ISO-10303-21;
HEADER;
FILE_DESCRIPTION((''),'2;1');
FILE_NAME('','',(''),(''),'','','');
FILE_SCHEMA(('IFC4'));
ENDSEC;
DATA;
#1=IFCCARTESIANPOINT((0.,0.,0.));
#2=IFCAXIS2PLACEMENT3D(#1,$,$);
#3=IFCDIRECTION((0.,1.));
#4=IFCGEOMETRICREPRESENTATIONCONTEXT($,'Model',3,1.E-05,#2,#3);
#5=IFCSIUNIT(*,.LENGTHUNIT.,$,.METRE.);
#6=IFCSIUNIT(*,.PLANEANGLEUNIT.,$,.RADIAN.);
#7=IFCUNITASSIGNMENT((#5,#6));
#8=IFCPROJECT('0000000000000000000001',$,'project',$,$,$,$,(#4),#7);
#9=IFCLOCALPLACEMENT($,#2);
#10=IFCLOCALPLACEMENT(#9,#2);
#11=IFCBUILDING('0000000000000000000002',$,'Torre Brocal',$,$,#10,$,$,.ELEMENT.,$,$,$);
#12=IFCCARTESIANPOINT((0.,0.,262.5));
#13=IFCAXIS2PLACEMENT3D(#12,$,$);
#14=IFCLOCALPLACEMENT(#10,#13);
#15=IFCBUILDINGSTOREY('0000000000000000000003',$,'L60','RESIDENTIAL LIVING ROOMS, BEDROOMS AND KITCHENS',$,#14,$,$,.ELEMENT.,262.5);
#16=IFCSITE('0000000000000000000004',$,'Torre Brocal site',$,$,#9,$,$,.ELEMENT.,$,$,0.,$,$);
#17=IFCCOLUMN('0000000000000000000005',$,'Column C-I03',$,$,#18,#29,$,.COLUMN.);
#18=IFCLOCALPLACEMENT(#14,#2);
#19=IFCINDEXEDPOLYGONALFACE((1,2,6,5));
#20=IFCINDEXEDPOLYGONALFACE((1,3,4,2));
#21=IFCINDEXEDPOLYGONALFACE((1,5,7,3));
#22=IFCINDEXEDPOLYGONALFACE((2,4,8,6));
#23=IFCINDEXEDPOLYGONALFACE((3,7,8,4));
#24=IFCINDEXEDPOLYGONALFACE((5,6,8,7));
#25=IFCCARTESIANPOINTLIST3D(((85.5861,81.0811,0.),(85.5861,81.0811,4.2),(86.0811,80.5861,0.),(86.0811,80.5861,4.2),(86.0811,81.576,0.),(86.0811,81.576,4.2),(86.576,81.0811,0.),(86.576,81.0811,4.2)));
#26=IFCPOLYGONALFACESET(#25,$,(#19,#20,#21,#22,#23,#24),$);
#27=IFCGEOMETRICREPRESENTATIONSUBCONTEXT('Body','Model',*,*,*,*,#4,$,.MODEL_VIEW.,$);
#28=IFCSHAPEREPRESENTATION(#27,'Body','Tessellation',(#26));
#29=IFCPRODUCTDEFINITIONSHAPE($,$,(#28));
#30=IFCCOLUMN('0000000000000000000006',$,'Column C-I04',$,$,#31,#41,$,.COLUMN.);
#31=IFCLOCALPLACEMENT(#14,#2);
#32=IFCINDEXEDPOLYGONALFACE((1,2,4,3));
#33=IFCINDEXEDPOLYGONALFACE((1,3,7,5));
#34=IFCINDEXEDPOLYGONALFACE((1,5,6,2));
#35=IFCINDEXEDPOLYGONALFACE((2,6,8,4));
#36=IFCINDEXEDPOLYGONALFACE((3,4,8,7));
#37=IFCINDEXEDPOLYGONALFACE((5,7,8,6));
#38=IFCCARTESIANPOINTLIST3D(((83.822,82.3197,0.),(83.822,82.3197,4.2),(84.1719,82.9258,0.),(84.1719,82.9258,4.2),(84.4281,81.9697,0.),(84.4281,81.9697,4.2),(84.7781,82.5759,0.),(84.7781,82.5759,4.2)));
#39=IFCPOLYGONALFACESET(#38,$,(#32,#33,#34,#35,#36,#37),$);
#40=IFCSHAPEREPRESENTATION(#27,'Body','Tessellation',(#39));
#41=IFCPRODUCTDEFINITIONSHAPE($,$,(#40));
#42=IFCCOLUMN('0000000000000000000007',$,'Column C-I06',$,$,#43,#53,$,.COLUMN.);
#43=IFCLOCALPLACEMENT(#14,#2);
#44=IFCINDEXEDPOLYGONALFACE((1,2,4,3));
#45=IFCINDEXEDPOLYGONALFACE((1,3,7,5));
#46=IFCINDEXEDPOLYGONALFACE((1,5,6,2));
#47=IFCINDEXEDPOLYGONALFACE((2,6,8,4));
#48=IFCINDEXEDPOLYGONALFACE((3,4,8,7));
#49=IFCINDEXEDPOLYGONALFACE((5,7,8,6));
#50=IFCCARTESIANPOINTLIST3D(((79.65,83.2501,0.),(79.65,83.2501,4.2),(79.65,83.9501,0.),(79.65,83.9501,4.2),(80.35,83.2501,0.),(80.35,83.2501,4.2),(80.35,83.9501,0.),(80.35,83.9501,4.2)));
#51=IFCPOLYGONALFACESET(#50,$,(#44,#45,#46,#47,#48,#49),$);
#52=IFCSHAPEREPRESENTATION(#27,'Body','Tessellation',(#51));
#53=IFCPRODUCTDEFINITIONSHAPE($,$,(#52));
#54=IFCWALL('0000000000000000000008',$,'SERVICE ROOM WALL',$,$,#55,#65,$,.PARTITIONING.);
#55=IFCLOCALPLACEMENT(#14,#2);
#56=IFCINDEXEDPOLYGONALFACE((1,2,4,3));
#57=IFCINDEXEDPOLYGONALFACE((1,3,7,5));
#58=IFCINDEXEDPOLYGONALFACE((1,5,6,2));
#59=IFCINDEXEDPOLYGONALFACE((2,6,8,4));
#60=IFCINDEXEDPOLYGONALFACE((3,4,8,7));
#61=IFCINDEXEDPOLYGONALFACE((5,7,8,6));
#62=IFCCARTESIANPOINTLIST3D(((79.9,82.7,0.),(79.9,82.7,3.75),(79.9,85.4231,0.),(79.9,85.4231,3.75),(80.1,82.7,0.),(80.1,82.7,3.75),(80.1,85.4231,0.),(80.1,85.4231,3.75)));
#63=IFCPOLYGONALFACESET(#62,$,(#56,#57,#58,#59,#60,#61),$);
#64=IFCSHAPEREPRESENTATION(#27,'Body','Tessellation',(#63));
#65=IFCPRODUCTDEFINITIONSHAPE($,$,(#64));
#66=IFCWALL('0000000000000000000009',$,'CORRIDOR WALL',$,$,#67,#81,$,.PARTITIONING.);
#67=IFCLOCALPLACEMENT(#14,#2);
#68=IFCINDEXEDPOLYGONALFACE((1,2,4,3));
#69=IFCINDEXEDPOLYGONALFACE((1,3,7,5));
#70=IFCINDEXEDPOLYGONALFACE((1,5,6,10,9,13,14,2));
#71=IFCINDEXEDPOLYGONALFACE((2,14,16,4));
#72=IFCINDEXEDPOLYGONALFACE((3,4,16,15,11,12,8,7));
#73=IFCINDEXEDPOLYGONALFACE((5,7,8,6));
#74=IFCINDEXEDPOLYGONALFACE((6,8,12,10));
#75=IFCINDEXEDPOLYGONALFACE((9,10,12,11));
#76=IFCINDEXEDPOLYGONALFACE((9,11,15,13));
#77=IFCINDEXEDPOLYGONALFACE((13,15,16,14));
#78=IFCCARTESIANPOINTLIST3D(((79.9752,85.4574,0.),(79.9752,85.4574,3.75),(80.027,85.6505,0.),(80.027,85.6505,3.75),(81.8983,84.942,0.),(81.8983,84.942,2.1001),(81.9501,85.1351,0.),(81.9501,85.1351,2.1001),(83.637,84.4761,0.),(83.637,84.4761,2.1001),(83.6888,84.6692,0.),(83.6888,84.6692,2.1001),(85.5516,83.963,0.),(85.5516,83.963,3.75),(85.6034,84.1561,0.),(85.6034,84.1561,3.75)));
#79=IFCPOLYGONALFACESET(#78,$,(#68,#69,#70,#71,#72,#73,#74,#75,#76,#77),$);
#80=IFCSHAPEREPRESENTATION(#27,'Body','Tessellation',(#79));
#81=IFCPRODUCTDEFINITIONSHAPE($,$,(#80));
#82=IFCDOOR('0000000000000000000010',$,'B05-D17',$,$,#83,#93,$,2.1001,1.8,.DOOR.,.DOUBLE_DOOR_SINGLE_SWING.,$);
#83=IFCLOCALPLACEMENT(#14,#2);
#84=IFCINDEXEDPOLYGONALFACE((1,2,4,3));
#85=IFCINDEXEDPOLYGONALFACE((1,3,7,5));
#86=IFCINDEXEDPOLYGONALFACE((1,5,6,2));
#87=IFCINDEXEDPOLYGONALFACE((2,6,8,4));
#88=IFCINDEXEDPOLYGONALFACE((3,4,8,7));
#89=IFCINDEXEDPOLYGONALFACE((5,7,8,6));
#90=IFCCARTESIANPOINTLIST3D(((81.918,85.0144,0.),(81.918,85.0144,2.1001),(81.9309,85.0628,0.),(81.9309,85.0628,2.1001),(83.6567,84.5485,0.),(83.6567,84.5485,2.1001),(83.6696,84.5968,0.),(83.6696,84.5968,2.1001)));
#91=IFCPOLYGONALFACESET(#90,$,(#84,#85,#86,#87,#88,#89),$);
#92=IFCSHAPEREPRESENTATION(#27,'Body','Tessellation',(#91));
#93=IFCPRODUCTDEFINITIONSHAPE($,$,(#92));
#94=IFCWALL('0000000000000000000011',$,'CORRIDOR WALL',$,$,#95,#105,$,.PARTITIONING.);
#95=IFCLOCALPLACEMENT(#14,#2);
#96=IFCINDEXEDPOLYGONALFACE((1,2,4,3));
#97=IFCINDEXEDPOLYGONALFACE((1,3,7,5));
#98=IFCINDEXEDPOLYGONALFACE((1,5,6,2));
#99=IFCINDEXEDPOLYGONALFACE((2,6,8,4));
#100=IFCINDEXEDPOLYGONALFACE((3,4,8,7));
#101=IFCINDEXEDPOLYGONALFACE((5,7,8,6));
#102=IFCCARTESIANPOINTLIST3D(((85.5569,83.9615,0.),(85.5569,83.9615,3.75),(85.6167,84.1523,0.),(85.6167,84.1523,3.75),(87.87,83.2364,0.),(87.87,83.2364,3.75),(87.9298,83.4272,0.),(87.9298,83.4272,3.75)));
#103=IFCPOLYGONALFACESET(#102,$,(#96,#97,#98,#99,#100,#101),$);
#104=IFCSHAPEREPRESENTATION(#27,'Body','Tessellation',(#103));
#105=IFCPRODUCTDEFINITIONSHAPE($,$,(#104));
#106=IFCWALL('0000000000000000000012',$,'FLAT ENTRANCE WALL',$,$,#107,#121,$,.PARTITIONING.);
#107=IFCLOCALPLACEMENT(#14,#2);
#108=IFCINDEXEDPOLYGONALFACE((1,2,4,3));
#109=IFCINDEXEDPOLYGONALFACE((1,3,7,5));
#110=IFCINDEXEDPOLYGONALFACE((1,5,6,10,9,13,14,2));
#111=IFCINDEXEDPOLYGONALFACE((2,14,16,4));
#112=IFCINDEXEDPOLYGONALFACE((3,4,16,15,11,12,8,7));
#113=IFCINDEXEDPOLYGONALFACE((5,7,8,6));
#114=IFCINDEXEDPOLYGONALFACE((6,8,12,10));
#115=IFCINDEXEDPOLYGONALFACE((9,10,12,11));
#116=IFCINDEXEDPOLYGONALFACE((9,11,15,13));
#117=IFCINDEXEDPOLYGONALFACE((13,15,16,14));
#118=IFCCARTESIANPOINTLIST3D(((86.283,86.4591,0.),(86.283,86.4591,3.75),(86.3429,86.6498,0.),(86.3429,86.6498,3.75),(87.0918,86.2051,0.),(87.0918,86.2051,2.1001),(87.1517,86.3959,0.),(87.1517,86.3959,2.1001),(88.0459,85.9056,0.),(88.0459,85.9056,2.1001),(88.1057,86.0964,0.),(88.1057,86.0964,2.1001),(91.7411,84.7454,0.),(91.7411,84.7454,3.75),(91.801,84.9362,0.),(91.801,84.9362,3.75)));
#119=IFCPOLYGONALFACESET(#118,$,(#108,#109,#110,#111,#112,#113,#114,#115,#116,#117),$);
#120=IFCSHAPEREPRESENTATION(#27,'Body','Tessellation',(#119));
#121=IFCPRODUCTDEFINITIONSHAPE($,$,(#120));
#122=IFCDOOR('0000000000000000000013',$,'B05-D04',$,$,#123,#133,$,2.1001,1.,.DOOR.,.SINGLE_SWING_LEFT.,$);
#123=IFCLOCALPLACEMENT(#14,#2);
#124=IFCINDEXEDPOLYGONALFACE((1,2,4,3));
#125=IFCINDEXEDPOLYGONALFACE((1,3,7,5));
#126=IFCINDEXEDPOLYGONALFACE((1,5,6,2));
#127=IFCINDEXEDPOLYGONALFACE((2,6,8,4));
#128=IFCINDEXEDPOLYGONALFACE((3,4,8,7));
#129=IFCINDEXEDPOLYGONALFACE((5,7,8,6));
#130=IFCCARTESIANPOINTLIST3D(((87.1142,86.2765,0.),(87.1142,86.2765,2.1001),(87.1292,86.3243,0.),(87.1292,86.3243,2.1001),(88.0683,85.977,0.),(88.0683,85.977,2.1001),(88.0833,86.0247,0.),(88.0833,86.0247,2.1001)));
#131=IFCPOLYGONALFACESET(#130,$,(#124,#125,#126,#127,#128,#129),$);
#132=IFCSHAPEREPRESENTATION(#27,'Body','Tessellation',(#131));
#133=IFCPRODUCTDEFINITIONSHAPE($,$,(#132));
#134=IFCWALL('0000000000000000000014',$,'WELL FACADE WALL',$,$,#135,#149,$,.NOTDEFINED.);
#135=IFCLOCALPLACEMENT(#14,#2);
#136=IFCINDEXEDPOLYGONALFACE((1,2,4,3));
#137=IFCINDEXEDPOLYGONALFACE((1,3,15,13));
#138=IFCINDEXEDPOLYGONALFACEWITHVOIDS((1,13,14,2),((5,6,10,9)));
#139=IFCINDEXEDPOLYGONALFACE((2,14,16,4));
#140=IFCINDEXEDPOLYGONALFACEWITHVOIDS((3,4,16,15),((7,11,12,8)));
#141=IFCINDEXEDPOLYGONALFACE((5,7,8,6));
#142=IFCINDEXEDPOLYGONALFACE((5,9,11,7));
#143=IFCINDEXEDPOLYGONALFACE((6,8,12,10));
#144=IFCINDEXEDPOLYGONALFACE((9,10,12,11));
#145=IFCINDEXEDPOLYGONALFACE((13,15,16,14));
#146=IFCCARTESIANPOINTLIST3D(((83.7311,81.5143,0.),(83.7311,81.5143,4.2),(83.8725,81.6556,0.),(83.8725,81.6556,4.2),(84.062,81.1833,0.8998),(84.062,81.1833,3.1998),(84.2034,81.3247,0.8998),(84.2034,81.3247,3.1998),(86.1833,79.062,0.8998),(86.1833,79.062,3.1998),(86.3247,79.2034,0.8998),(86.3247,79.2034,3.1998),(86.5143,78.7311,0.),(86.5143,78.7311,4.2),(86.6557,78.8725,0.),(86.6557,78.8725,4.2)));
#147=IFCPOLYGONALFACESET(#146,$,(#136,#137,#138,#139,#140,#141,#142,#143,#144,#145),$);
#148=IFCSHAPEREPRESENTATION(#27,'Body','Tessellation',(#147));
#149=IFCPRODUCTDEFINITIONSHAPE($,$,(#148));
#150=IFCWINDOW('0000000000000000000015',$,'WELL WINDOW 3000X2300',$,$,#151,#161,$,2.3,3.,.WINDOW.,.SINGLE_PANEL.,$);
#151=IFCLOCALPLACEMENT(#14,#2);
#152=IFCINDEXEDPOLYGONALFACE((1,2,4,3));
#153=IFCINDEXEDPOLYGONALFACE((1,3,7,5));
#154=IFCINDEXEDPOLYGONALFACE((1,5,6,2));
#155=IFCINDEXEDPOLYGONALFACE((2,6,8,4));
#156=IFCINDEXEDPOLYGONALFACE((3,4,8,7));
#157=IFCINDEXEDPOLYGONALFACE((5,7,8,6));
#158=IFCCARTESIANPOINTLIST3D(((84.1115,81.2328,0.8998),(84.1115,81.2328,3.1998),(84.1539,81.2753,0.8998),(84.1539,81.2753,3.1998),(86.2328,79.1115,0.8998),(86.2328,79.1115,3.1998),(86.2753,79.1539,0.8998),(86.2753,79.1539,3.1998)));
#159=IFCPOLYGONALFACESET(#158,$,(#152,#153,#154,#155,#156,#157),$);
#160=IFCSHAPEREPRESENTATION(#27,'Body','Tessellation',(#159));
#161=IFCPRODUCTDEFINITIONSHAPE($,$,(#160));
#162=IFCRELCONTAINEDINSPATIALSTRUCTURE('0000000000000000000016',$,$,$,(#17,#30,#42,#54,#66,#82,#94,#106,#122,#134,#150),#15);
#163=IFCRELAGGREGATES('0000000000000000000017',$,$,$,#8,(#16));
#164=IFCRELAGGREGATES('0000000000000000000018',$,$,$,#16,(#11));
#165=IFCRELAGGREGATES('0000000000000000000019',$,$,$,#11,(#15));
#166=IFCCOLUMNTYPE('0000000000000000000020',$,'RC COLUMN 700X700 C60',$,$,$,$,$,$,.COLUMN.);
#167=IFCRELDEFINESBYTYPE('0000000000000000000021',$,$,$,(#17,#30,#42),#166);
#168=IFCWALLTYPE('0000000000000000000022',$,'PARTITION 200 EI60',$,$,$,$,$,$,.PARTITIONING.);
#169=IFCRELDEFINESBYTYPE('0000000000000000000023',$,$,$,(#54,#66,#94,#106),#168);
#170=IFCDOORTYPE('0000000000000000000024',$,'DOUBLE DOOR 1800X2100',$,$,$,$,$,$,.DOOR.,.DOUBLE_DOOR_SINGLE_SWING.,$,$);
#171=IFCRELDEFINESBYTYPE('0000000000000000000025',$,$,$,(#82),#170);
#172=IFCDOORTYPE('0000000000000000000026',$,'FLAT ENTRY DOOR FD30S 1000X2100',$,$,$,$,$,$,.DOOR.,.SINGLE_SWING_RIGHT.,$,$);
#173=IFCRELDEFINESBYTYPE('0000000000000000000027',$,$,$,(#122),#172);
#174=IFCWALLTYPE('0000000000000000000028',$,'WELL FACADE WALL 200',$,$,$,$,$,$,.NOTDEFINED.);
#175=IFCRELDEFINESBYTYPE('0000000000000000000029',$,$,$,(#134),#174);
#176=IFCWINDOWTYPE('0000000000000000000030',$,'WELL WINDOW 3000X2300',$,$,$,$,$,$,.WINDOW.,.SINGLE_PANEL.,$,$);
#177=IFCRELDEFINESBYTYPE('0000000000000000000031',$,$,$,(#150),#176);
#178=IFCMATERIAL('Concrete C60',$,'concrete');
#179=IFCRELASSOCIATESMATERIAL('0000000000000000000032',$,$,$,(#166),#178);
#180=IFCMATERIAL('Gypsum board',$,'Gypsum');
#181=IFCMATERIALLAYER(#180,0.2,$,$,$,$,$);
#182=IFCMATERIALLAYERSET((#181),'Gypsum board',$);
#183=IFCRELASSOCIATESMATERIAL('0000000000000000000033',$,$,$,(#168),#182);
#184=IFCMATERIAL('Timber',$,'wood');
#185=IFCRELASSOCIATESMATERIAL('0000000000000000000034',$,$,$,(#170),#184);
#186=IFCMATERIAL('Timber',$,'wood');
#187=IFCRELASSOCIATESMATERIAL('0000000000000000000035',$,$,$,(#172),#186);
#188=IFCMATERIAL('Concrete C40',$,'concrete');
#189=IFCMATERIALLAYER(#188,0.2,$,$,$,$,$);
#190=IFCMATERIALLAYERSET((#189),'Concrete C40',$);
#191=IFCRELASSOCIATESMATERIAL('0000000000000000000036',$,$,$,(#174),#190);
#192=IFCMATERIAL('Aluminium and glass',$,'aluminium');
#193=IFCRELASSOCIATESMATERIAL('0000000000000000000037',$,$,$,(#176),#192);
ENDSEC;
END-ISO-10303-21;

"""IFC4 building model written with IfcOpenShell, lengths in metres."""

from ifc_helpers import new_model, si_unit, direction, frame, frame_2d, origin, origin_2d, place, context, subcontext, project, spatial, rectangle, extrude, material, layer, layer_set, material_profile, profile_set, type_object, element, fill, save


model = new_model("IFC4")

# Units and contexts
model_context = context("Model", 3, precision=1e-05, world=origin(), true_north=direction((0.0, 1.0)))
body_context = subcontext(model_context, "Body", "Model", "MODEL_VIEW")
ifc_project = project(units=[si_unit("LENGTHUNIT", "METRE"), si_unit("PLANEANGLEUNIT", "RADIAN")], contexts=[model_context])

# Site, building, storey
site_placement = place(None, origin())
site = spatial("IfcSite", under=ifc_project, at=site_placement, Name="Torre Brocal site", CompositionType="ELEMENT", RefElevation=0.0)
building_placement = place(site_placement, origin())
building = spatial("IfcBuilding", under=site, at=building_placement, Name="Torre Brocal", CompositionType="ELEMENT")
storey_placement = place(building_placement, frame((0.0, 0.0, 262.5)))
storey = spatial("IfcBuildingStorey", under=building, at=storey_placement, Name="L60", Description="RESIDENTIAL LIVING ROOMS, BEDROOMS AND KITCHENS", CompositionType="ELEMENT", Elevation=262.5)

# Columns
ifc_material_1 = material(Name="Concrete C60", Category="concrete")
ifc_material_profile = material_profile(ifc_material_1, rectangle(XDim=0.7, YDim=0.7, at=origin_2d()), Name="RC 700X700")
ifc_profile_set = profile_set([ifc_material_profile], Name="Concrete C60")
column_type = type_object("IfcColumnType", Name="RC COLUMN 700X700 C60", PredefinedType="COLUMN", material=ifc_profile_set)
for number, where, z_axis, x_axis, name in (
    (1, (86.0811, 81.0811, 0.0), (0.0, 0.0, 1.0), (0.707107, 0.707107, 0.0), "Column C-I03"),
    (2, (84.3, 82.4478, 0.0), (0.0, 0.0, 1.0), (0.5, 0.866025, 0.0), "Column C-I04"),
    (3, (80.0, 83.6001, 0.0), (0.0, 0.0, 1.0), (0.0, 1.0, 0.0), "Column C-I06"),
):
    element("IfcColumn", number, at=place(storey_placement, frame(where, z_axis=z_axis, x_axis=x_axis)), inside=storey, type_object=column_type, Name=name, PredefinedType="COLUMN", context=body_context, shape_type="SweptSolid", body=[
        extrude(rectangle(XDim=0.7, YDim=0.7, at=origin_2d()), origin(), (0.0, 0.0, 1.0), 4.2),
    ])

# Wall
ifc_material_2 = material(Name="Gypsum board", Category="Gypsum")
ifc_layer_1 = layer(ifc_material_2, 0.2)
ifc_layer_set_1 = layer_set([ifc_layer_1], Name="Gypsum board")
wall_type_1 = type_object("IfcWallType", Name="PARTITION 200 EI60", PredefinedType="PARTITIONING", material=ifc_layer_set_1)
wall_1_placement = place(storey_placement, frame((80.0, 82.7, 0.0), z_axis=(0.0, 0.0, 1.0), x_axis=(0.0, 1.0, 0.0)))
element("IfcWall", 4, at=wall_1_placement, inside=storey, type_object=wall_type_1, Name="SERVICE ROOM WALL", PredefinedType="PARTITIONING", context=body_context, shape_type="SweptSolid", body=[
    extrude(rectangle(XDim=2.7231, YDim=0.2, at=frame_2d((1.3616, 0.0))), origin(), (0.0, 0.0, 1.0), 3.75),
])

# Wall, opening, door
wall_2_placement = place(storey_placement, frame((80.001, 85.554, 0.0), z_axis=(0.0, 0.0, 1.0), x_axis=(0.965918, -0.25885, 0.0)))
wall_2 = element("IfcWall", 5, at=wall_2_placement, inside=storey, type_object=wall_type_1, Name="CORRIDOR WALL", PredefinedType="PARTITIONING", context=body_context, shape_type="SweptSolid", body=[
    extrude(rectangle(XDim=5.7732, YDim=0.2, at=frame_2d((2.8867, 0.0))), origin(), (0.0, 0.0, 1.0), 3.75),
])
opening_1_placement = place(wall_2_placement, frame((1.9912, 0.0, 0.0)))
opening_1 = element("IfcOpeningElement", 6, at=opening_1_placement, cuts=wall_2, PredefinedType="OPENING", context=body_context, shape_type="SweptSolid", body=[
    extrude(rectangle(XDim=1.8, YDim=2.1001, at=frame_2d((0.8999, 1.05))), frame((0.0, 0.1099, 0.0), z_axis=(0.0, -1.0, 0.0), x_axis=(1.0, 0.0, 0.0)), (0.0, 0.0, 1.0), 0.22),
])
ifc_material_3 = material(Name="Timber", Category="wood")
door_type_1 = type_object("IfcDoorType", Name="DOUBLE DOOR 1800X2100", OperationType="DOUBLE_DOOR_SINGLE_SWING", PredefinedType="DOOR", material=ifc_material_3)
door_1_placement = place(opening_1_placement, frame((1.8, 0.0, 0.0), z_axis=(0.0, 0.0, 1.0), x_axis=(-1.0, 0.0, 0.0)))
door_1 = element("IfcDoor", 7, at=door_1_placement, inside=storey, type_object=door_type_1, Name="B05-D17", OperationType="DOUBLE_DOOR_SINGLE_SWING", OverallHeight=2.1001, OverallWidth=1.8, PredefinedType="DOOR", context=body_context, shape_type="SweptSolid", body=[
    extrude(rectangle(XDim=1.8, YDim=2.1001, at=frame_2d((0.8999, 1.05))), frame((0.0, 0.0249, 0.0), z_axis=(0.0, -1.0, 0.0), x_axis=(1.0, 0.0, 0.0)), (0.0, 0.0, 1.0), 0.05),
])
fill(opening_1, door_1)

# Wall
wall_3_placement = place(storey_placement, frame((85.5869, 84.0569, 0.0), z_axis=(0.0, 0.0, 1.0), x_axis=(0.954211, -0.299135, 0.0)))
element("IfcWall", 8, at=wall_3_placement, inside=storey, type_object=wall_type_1, Name="CORRIDOR WALL", PredefinedType="PARTITIONING", context=body_context, shape_type="SweptSolid", body=[
    extrude(rectangle(XDim=2.4241, YDim=0.2, at=frame_2d((1.2119, 0.0))), origin(), (0.0, 0.0, 1.0), 3.75),
])

# Wall, opening, door
wall_4_placement = place(storey_placement, frame((86.313, 86.5544, 0.0), z_axis=(0.0, 0.0, 1.0), x_axis=(0.954081, -0.299548, 0.0)))
wall_4 = element("IfcWall", 9, at=wall_4_placement, inside=storey, type_object=wall_type_1, Name="FLAT ENTRANCE WALL", PredefinedType="PARTITIONING", context=body_context, shape_type="SweptSolid", body=[
    extrude(rectangle(XDim=5.7207, YDim=0.2, at=frame_2d((2.8604, 0.0))), origin(), (0.0, 0.0, 1.0), 3.75),
])
opening_2_placement = place(wall_4_placement, frame((0.8477, 0.0, 0.0)))
opening_2 = element("IfcOpeningElement", 10, at=opening_2_placement, cuts=wall_4, PredefinedType="OPENING", context=body_context, shape_type="SweptSolid", body=[
    extrude(rectangle(XDim=1.0, YDim=2.1001, at=frame_2d((0.5, 1.05))), frame((0.0, 0.1099, 0.0), z_axis=(0.0, -1.0, 0.0), x_axis=(1.0, 0.0, 0.0)), (0.0, 0.0, 1.0), 0.22),
])
ifc_material_4 = material(Name="Timber", Category="wood")
door_type_2 = type_object("IfcDoorType", Name="FLAT ENTRY DOOR FD30S 1000X2100", OperationType="SINGLE_SWING_RIGHT", PredefinedType="DOOR", material=ifc_material_4)
door_2_placement = place(opening_2_placement, origin())
door_2 = element("IfcDoor", 11, at=door_2_placement, inside=storey, type_object=door_type_2, Name="B05-D04", OperationType="SINGLE_SWING_LEFT", OverallHeight=2.1001, OverallWidth=1.0, PredefinedType="DOOR", context=body_context, shape_type="SweptSolid", body=[
    extrude(rectangle(XDim=1.0, YDim=2.1001, at=frame_2d((0.5, 1.05))), frame((0.0, 0.0249, 0.0), z_axis=(0.0, -1.0, 0.0), x_axis=(1.0, 0.0, 0.0)), (0.0, 0.0, 1.0), 0.05),
])
fill(opening_2, door_2)

# Wall, opening, window
ifc_material_5 = material(Name="Concrete C40", Category="concrete")
ifc_layer_2 = layer(ifc_material_5, 0.2)
ifc_layer_set_2 = layer_set([ifc_layer_2], Name="Concrete C40")
wall_type_2 = type_object("IfcWallType", Name="WELL FACADE WALL 200", PredefinedType="NOTDEFINED", material=ifc_layer_set_2)
wall_5_placement = place(storey_placement, frame((86.585, 78.8018, 0.0), z_axis=(0.0, 0.0, 1.0), x_axis=(-0.707107, 0.707107, 0.0)))
wall_5 = element("IfcWall", 12, at=wall_5_placement, inside=storey, type_object=wall_type_2, Name="WELL FACADE WALL", PredefinedType="NOTDEFINED", context=body_context, shape_type="SweptSolid", body=[
    extrude(rectangle(XDim=3.936, YDim=0.2, at=frame_2d((1.968, 0.0))), origin(), (0.0, 0.0, 1.0), 4.2),
])
opening_3_placement = place(wall_5_placement, frame((0.468, 0.0, 0.8999)))
opening_3 = element("IfcOpeningElement", 13, at=opening_3_placement, cuts=wall_5, PredefinedType="OPENING", context=body_context, shape_type="SweptSolid", body=[
    extrude(rectangle(XDim=3.0, YDim=2.3, at=frame_2d((1.5, 1.1499))), frame((0.0, 0.1099, 0.0), z_axis=(0.0, -1.0, 0.0), x_axis=(1.0, 0.0, 0.0)), (0.0, 0.0, 1.0), 0.22),
])
ifc_material_6 = material(Name="Aluminium and glass", Category="aluminium")
window_type = type_object("IfcWindowType", Name="WELL WINDOW 3000X2300", PartitioningType="SINGLE_PANEL", PredefinedType="WINDOW", material=ifc_material_6)
window_1_placement = place(opening_3_placement, origin())
window_1 = element("IfcWindow", 14, at=window_1_placement, inside=storey, type_object=window_type, Name="WELL WINDOW 3000X2300", OverallHeight=2.3, OverallWidth=3.0, PartitioningType="SINGLE_PANEL", PredefinedType="WINDOW", context=body_context, shape_type="SweptSolid", body=[
    extrude(rectangle(XDim=3.0, YDim=2.3, at=frame_2d((1.5, 1.1499))), frame((0.0, 0.03, 0.0), z_axis=(0.0, -1.0, 0.0), x_axis=(1.0, 0.0, 0.0)), (0.0, 0.0, 1.0), 0.0601),
])
fill(opening_3, window_1)

save(model, "model.ifc")
